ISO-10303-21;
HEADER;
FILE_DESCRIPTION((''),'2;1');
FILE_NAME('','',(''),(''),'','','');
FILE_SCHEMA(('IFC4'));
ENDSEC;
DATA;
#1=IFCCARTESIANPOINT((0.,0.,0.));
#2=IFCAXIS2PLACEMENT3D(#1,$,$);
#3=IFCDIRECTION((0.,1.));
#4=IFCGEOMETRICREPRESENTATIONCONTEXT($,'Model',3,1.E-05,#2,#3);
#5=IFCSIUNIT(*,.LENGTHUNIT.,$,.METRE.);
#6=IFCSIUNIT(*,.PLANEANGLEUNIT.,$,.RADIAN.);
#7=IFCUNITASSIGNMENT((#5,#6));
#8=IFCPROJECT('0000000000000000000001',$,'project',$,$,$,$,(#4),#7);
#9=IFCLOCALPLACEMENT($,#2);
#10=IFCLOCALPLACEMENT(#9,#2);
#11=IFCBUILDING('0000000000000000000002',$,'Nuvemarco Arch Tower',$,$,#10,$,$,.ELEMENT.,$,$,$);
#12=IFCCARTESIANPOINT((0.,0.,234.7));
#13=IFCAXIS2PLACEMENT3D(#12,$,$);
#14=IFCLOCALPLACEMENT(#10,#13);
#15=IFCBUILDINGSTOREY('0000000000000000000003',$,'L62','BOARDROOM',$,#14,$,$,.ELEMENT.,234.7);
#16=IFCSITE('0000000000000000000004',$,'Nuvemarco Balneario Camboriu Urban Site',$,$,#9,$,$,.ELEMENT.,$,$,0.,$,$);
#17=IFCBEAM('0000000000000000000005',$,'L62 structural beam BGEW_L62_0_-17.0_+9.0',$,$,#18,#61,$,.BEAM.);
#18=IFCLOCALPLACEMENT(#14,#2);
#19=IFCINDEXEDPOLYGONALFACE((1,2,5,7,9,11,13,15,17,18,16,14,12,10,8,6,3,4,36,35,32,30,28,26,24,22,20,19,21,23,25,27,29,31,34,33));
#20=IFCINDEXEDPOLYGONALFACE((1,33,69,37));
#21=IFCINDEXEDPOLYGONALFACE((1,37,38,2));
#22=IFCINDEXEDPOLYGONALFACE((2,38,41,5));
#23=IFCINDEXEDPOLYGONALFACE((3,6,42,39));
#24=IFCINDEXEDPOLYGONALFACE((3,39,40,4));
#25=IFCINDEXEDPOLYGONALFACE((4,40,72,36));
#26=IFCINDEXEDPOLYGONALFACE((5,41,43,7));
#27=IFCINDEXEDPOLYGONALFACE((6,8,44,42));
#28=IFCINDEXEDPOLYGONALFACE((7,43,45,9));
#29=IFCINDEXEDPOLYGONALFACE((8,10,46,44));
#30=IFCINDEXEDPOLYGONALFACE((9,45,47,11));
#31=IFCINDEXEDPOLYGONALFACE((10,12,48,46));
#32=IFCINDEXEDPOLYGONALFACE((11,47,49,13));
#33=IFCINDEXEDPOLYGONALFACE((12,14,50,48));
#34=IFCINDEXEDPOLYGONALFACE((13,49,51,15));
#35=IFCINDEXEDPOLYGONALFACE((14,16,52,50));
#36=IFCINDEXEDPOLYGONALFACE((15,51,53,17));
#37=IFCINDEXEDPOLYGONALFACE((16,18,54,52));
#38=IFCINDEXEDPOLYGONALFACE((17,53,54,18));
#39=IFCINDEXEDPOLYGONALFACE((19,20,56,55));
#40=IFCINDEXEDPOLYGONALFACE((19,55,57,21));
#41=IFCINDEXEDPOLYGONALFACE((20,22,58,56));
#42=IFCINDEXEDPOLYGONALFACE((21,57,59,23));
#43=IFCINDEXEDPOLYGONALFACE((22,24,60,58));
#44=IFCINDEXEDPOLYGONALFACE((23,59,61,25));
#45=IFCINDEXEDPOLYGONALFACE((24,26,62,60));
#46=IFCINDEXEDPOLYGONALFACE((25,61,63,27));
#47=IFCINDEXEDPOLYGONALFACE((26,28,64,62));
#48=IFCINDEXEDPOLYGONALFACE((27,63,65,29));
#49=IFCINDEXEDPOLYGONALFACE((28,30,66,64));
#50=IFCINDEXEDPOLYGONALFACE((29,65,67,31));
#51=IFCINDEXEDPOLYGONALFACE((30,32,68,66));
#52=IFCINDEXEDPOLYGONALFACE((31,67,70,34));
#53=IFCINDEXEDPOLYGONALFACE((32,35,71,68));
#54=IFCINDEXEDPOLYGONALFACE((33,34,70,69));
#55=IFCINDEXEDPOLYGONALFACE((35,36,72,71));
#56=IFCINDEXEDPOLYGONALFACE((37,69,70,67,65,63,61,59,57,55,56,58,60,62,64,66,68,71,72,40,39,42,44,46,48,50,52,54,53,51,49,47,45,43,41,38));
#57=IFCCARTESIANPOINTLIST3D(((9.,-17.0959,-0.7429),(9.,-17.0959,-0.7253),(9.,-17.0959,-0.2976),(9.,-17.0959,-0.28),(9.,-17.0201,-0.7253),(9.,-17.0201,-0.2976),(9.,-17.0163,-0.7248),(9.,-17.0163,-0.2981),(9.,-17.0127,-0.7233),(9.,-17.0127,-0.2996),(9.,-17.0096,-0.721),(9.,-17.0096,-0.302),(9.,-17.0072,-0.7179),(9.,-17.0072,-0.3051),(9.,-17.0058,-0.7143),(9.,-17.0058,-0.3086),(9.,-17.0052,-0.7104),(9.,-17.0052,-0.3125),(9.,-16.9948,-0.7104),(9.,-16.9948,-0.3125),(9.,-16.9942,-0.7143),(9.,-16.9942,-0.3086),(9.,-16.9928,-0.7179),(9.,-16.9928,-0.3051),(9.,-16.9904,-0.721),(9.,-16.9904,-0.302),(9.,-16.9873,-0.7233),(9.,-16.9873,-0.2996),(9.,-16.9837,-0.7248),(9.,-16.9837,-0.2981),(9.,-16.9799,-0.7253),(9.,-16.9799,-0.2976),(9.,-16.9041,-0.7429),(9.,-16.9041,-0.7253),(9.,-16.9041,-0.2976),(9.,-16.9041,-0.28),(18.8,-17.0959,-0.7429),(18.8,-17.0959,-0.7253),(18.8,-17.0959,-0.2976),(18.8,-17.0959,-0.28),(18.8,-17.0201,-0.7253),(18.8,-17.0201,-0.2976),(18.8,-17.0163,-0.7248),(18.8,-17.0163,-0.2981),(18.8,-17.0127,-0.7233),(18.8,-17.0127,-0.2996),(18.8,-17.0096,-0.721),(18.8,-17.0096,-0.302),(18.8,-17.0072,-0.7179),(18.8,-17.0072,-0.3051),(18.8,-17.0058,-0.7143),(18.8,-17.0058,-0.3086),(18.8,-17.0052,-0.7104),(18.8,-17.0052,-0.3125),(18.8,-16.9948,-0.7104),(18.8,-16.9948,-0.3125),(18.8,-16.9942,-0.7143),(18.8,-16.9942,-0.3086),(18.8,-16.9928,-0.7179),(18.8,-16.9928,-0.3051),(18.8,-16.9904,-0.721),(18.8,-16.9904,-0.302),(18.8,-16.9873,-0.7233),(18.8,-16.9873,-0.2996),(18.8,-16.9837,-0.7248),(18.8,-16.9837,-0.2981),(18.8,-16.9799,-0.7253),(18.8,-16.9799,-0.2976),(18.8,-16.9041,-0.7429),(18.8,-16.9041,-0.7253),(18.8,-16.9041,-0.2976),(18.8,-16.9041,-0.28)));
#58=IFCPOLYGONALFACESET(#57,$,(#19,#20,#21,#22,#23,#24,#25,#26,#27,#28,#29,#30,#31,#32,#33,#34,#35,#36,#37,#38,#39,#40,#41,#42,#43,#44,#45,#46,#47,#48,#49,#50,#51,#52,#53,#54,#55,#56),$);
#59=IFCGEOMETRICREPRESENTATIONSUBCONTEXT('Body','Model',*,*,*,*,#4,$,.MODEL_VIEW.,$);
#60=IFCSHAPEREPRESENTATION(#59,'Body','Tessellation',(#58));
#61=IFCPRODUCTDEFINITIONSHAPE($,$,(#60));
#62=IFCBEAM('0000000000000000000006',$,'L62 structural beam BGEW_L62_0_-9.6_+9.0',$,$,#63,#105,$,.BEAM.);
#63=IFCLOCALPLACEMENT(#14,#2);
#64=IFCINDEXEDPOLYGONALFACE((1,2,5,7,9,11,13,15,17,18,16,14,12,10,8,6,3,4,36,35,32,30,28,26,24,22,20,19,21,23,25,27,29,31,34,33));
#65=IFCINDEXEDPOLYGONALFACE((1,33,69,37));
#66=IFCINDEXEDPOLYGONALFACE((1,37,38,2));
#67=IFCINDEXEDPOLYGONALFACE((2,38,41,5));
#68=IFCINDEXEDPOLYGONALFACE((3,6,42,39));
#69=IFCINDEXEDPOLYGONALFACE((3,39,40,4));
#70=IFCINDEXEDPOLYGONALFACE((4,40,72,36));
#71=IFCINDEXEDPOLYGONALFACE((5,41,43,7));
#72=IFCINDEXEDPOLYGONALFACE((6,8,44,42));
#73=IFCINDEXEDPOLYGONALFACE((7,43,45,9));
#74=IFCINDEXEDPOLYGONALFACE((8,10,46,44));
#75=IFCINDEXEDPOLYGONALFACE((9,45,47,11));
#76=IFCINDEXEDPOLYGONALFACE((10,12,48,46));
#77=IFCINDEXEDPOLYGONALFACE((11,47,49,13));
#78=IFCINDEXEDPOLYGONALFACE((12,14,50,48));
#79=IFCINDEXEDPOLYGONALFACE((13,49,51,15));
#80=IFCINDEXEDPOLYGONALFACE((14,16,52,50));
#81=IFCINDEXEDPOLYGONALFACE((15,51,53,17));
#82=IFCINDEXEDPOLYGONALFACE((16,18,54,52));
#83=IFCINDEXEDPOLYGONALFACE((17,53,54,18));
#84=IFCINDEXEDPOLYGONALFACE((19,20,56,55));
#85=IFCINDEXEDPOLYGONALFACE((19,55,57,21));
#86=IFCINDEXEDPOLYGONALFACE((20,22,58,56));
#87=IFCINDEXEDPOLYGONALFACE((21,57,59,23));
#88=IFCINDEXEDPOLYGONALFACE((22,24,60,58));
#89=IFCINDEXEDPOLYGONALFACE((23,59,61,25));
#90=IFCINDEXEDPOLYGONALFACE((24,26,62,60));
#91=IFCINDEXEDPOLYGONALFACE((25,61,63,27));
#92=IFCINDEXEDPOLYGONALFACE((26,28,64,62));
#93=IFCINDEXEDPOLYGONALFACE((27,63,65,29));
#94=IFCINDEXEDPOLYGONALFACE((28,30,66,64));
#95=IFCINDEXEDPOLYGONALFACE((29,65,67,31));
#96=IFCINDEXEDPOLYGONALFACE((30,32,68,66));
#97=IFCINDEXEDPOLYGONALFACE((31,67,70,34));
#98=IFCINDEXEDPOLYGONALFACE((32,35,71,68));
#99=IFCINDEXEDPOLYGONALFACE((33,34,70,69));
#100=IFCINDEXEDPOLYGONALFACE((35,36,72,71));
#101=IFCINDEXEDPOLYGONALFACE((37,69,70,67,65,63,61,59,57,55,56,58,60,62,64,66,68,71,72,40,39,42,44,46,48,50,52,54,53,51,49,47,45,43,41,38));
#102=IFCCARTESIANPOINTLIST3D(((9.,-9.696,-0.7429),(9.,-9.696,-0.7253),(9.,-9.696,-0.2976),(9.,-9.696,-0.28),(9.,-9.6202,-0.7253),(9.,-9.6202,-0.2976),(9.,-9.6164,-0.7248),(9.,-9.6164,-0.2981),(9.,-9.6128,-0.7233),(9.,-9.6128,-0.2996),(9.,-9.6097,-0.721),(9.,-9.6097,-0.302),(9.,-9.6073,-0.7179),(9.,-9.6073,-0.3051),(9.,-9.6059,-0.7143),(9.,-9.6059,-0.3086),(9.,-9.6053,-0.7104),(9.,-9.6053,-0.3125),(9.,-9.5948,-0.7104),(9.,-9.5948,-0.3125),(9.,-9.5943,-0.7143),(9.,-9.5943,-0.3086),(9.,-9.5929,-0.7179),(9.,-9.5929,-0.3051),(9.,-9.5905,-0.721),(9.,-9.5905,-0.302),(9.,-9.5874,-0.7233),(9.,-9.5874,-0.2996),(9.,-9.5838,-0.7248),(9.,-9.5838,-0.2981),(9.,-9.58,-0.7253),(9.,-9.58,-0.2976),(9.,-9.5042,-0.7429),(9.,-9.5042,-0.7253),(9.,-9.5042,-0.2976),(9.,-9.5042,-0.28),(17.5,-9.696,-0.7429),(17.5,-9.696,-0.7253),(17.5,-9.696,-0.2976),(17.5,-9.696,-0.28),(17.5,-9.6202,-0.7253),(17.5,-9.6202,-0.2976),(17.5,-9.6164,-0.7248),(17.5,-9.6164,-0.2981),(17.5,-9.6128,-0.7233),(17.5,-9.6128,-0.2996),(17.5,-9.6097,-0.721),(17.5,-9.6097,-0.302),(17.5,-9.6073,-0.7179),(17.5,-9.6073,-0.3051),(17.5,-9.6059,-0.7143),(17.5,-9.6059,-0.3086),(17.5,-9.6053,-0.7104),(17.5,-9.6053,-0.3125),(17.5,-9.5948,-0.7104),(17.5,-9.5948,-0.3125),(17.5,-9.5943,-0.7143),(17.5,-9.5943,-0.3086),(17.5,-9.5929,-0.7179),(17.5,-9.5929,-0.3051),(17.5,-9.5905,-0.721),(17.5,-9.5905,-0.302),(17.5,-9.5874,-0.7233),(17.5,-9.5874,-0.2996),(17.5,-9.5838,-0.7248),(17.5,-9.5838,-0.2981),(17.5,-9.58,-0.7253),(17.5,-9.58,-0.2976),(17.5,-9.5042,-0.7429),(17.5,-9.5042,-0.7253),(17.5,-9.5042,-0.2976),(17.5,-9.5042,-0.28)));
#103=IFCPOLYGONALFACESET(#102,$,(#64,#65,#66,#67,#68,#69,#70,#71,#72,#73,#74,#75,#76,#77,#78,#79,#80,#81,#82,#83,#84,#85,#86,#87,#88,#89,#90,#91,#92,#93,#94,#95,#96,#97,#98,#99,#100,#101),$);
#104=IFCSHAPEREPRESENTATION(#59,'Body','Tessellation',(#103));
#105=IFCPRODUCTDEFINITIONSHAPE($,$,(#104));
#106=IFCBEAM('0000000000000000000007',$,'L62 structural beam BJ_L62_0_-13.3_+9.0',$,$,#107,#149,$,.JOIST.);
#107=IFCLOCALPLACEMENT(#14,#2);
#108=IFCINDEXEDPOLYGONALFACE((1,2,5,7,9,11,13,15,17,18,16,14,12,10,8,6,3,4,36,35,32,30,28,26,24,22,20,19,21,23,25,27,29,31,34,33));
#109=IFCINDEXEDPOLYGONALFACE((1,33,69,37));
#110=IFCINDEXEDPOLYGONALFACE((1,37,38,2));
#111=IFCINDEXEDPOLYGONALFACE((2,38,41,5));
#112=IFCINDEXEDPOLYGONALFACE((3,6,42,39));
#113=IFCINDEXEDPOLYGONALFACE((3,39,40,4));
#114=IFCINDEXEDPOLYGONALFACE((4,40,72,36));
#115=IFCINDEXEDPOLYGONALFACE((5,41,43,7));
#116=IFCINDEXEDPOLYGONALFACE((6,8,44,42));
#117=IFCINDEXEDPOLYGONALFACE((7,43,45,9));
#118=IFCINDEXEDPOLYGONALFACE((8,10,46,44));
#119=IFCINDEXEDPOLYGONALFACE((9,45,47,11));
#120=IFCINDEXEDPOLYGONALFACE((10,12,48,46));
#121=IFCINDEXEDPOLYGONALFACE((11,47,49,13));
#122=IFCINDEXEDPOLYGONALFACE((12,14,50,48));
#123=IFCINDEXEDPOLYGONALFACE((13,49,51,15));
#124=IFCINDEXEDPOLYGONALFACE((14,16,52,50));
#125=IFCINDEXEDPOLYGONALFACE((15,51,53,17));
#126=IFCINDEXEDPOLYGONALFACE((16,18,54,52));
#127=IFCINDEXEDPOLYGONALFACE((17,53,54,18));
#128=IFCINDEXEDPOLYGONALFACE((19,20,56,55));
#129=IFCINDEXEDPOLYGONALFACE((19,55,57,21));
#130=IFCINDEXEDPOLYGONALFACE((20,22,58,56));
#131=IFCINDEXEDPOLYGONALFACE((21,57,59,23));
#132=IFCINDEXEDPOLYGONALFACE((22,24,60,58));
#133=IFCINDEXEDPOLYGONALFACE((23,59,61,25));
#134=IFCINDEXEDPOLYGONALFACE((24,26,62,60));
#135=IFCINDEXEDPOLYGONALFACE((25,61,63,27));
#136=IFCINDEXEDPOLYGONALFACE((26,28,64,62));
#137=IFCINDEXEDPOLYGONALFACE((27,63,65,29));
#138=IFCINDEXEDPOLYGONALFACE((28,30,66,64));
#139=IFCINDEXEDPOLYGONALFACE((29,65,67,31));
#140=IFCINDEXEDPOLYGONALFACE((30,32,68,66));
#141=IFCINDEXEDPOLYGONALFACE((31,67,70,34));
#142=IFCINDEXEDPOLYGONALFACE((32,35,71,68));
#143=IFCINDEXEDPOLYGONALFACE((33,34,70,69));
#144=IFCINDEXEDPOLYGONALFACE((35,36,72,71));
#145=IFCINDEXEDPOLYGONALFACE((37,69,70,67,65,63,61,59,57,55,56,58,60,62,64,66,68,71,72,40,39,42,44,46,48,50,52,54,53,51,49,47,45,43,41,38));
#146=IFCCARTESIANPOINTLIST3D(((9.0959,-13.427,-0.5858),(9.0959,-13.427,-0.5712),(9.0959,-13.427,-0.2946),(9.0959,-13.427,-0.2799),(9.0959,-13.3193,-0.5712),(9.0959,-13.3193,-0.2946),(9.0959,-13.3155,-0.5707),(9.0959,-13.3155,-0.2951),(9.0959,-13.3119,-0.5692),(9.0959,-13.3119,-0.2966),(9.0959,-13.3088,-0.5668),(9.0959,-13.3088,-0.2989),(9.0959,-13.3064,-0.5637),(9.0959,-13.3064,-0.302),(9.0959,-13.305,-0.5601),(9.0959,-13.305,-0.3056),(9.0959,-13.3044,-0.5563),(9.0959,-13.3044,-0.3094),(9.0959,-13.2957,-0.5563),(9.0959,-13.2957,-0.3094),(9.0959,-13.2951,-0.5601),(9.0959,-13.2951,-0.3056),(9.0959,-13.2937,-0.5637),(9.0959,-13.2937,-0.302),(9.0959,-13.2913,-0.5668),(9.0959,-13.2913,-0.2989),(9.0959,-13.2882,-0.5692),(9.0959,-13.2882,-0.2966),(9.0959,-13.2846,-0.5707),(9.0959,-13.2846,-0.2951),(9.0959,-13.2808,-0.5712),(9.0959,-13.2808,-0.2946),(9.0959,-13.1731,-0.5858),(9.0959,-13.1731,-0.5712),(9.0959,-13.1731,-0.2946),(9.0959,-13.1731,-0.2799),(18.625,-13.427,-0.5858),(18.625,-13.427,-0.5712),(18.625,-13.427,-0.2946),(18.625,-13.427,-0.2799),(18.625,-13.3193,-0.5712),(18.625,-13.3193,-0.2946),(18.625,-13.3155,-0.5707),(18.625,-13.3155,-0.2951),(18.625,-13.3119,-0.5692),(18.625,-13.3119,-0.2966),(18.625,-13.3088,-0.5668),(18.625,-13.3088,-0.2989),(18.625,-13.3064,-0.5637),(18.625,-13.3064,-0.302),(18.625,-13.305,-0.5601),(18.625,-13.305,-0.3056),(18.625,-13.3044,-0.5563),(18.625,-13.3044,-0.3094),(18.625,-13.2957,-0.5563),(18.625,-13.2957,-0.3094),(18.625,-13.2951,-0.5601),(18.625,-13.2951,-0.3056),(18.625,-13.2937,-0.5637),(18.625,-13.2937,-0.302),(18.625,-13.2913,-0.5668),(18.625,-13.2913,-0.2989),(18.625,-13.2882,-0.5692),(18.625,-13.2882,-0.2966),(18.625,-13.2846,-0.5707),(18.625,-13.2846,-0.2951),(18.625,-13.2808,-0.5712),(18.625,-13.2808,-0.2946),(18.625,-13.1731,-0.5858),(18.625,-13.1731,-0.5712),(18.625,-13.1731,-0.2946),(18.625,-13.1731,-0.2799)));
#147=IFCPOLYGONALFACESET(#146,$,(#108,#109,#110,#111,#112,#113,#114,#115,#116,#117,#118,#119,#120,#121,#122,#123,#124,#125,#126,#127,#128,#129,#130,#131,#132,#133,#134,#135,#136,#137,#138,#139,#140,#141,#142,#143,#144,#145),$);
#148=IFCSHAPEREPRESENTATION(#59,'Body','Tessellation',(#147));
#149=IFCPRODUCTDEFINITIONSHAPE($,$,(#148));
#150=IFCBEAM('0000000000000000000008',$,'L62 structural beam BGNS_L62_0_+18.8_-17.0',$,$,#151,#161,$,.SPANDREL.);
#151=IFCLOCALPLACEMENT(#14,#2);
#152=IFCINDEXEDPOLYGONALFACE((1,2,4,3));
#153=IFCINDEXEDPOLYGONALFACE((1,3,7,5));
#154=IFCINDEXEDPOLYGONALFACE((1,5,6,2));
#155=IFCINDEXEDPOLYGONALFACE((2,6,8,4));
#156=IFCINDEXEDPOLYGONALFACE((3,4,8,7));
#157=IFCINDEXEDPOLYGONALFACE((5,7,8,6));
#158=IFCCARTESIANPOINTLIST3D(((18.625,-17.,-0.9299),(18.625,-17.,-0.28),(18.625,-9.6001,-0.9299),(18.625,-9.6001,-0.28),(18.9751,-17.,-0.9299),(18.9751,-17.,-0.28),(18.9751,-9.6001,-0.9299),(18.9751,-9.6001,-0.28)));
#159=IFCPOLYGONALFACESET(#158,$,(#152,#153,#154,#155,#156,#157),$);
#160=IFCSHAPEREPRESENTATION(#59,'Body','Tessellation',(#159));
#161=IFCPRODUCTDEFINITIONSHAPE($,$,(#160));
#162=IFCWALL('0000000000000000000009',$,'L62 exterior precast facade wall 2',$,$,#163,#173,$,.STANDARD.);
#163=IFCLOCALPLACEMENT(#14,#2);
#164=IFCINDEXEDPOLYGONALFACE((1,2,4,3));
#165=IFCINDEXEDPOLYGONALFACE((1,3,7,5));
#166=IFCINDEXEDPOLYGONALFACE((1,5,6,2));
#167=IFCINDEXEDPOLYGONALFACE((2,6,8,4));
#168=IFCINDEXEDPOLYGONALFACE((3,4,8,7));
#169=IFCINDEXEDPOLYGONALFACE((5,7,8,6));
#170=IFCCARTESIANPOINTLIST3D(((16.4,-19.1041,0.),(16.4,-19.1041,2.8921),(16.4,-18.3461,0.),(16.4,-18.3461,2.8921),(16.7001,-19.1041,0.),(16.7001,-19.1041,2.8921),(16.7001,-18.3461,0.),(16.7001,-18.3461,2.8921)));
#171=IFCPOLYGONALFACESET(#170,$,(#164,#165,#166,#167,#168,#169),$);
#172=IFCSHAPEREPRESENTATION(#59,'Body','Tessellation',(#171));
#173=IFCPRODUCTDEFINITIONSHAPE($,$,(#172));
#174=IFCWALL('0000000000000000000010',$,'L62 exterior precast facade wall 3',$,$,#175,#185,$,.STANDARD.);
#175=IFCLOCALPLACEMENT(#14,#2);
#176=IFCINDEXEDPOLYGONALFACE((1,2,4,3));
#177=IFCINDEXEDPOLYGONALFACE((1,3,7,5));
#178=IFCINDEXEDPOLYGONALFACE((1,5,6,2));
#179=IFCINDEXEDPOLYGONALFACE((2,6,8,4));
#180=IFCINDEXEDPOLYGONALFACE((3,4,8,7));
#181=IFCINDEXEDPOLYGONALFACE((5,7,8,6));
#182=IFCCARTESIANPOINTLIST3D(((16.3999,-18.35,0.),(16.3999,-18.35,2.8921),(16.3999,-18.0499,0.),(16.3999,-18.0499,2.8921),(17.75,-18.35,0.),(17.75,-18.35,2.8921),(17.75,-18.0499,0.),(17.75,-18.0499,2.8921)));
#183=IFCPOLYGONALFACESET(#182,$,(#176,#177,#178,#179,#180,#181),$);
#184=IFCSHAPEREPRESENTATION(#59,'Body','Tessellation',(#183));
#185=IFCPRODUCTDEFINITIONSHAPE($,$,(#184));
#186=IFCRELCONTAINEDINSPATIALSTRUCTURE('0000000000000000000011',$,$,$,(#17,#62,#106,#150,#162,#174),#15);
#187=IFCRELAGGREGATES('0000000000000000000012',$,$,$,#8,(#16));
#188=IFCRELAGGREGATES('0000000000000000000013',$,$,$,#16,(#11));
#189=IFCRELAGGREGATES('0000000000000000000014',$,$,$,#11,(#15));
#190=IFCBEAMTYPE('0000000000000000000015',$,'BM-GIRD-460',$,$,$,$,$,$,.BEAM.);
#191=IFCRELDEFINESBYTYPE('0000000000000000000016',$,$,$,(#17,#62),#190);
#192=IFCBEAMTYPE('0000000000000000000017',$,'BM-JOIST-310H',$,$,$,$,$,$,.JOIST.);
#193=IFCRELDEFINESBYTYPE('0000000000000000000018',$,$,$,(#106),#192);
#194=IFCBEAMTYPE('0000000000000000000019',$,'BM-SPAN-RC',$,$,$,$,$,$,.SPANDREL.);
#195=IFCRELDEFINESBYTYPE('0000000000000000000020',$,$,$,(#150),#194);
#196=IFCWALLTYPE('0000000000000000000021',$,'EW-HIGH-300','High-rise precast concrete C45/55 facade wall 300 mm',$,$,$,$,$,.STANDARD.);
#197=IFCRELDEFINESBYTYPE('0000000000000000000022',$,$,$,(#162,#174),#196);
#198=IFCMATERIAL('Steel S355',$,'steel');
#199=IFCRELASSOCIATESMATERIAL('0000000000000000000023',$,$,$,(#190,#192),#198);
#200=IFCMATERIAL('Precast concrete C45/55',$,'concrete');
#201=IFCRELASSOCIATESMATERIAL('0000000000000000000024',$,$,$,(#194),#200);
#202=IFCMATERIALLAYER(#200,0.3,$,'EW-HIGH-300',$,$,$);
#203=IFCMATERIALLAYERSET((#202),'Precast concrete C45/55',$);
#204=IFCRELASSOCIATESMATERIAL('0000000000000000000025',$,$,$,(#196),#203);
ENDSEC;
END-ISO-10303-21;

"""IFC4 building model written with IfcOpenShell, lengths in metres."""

from ifc_helpers import new_model, si_unit, direction, frame, frame_2d, origin, origin_2d, place, context, subcontext, project, spatial, rectangle, i_section, extrude, material, layer, layer_set, material_profile, profile_set, type_object, element, save


model = new_model("IFC4")

# Units and contexts
model_context = context("Model", 3, precision=1e-05, world=origin(), true_north=direction((0.0, 1.0)))
body_context = subcontext(model_context, "Body", "Model", "MODEL_VIEW")
ifc_project = project(units=[si_unit("LENGTHUNIT", "METRE"), si_unit("PLANEANGLEUNIT", "RADIAN")], contexts=[model_context])

# Site, building, storey
site_placement = place(None, origin())
site = spatial("IfcSite", under=ifc_project, at=site_placement, Name="Nuvemarco Balneario Camboriu Urban Site", CompositionType="ELEMENT", RefElevation=0.0)
building_placement = place(site_placement, origin())
building = spatial("IfcBuilding", under=site, at=building_placement, Name="Nuvemarco Arch Tower", CompositionType="ELEMENT")
storey_placement = place(building_placement, frame((0.0, 0.0, 234.7)))
storey = spatial("IfcBuildingStorey", under=building, at=storey_placement, Name="L62", Description="BOARDROOM", CompositionType="ELEMENT", Elevation=234.7)

# Shared definitions
ifc_material_1 = material(Name="Steel S355", Category="steel")

# Beams
ifc_material_profile_1 = material_profile(ifc_material_1, i_section(OverallWidth=0.1919, OverallDepth=0.4629, WebThickness=0.0105, FlangeThickness=0.0176, FilletRadius=0.0149, at=origin_2d()), Name="W460x89")
ifc_profile_set_1 = profile_set([ifc_material_profile_1], Name="Steel S355")
beam_type_1 = type_object("IfcBeamType", Name="BM-GIRD-460", PredefinedType="BEAM", material=ifc_profile_set_1)
beam_1_placement = place(storey_placement, frame((9.0, -17.0, -0.5115), z_axis=(1.0, 0.0, 0.0), x_axis=(0.0, 1.0, 0.0)))
element("IfcBeam", 1, at=beam_1_placement, inside=storey, type_object=beam_type_1, Name="L62 structural beam BGEW_L62_0_-17.0_+9.0", PredefinedType="BEAM", context=body_context, shape_type="SweptSolid", body=[
    extrude(i_section(OverallWidth=0.1919, OverallDepth=0.4629, WebThickness=0.0105, FlangeThickness=0.0176, FilletRadius=0.0149, at=origin_2d()), origin(), (0.0, 0.0, 1.0), 9.8),
])
beam_2_placement = place(storey_placement, frame((9.0, -9.6001, -0.5115), z_axis=(1.0, 0.0, 0.0), x_axis=(0.0, 1.0, 0.0)))
element("IfcBeam", 2, at=beam_2_placement, inside=storey, type_object=beam_type_1, Name="L62 structural beam BGEW_L62_0_-9.6_+9.0", PredefinedType="BEAM", context=body_context, shape_type="SweptSolid", body=[
    extrude(i_section(OverallWidth=0.1919, OverallDepth=0.4629, WebThickness=0.0105, FlangeThickness=0.0176, FilletRadius=0.0149, at=origin_2d()), origin(), (0.0, 0.0, 1.0), 8.5),
])
ifc_material_profile_2 = material_profile(ifc_material_1, i_section(OverallWidth=0.2539, OverallDepth=0.3059, WebThickness=0.0088, FlangeThickness=0.0146, FilletRadius=0.0149, at=origin_2d()), Name="W310x79")
ifc_profile_set_2 = profile_set([ifc_material_profile_2], Name="Steel S355")
beam_type_2 = type_object("IfcBeamType", Name="BM-JOIST-310H", PredefinedType="JOIST", material=ifc_profile_set_2)
beam_3_placement = place(storey_placement, frame((9.0959, -13.3, -0.4329), z_axis=(1.0, 0.0, 0.0), x_axis=(0.0, 1.0, 0.0)))
element("IfcBeam", 3, at=beam_3_placement, inside=storey, type_object=beam_type_2, Name="L62 structural beam BJ_L62_0_-13.3_+9.0", PredefinedType="JOIST", context=body_context, shape_type="SweptSolid", body=[
    extrude(i_section(OverallWidth=0.2539, OverallDepth=0.3059, WebThickness=0.0088, FlangeThickness=0.0146, FilletRadius=0.0149, at=origin_2d()), origin(), (0.0, 0.0, 1.0), 9.5291),
])
ifc_material_2 = material(Name="Precast concrete C45/55", Category="concrete")
ifc_material_profile_3 = material_profile(ifc_material_2, rectangle(XDim=0.3501, YDim=0.6499, at=origin_2d()), Name="PC-SP-350x650")
ifc_profile_set_3 = profile_set([ifc_material_profile_3], Name="Precast concrete C45/55")
beam_type_3 = type_object("IfcBeamType", Name="BM-SPAN-RC", PredefinedType="SPANDREL", material=ifc_profile_set_3)
beam_4_placement = place(storey_placement, frame((18.8, -17.0, -0.605), z_axis=(0.0, 1.0, 0.0), x_axis=(-1.0, 0.0, 0.0)))
element("IfcBeam", 4, at=beam_4_placement, inside=storey, type_object=beam_type_3, Name="L62 structural beam BGNS_L62_0_+18.8_-17.0", PredefinedType="SPANDREL", context=body_context, shape_type="SweptSolid", body=[
    extrude(rectangle(XDim=0.3501, YDim=0.6499, at=origin_2d()), origin(), (0.0, 0.0, 1.0), 7.3999),
])

# Walls
ifc_layer_1 = layer(ifc_material_2, 0.3, Name="EW-HIGH-300")
ifc_layer_set_1 = layer_set([ifc_layer_1], Name="Precast concrete C45/55")
wall_type_1 = type_object("IfcWallType", Name="EW-HIGH-300", Description="High-rise precast concrete C45/55 facade wall 300 mm", PredefinedType="STANDARD", material=ifc_layer_set_1)
wall_1_placement = place(storey_placement, frame((16.55, -19.104, 0.0), z_axis=(0.0, 0.0, 1.0), x_axis=(0.0, 1.0, 0.0)))
element("IfcWall", 5, at=wall_1_placement, inside=storey, type_object=wall_type_1, Name="L62 exterior precast facade wall 2", PredefinedType="STANDARD", context=body_context, shape_type="SweptSolid", body=[
    extrude(rectangle(XDim=0.7581, YDim=0.3, at=frame_2d((0.3789, 0.0))), origin(), (0.0, 0.0, 1.0), 2.8921),
])
wall_2_placement = place(storey_placement, frame((16.3999, -18.2, 0.0), z_axis=(0.0, 0.0, 1.0), x_axis=(1.0, 0.0, 0.0)))
element("IfcWall", 6, at=wall_2_placement, inside=storey, type_object=wall_type_1, Name="L62 exterior precast facade wall 3", PredefinedType="STANDARD", context=body_context, shape_type="SweptSolid", body=[
    extrude(rectangle(XDim=1.3501, YDim=0.3, at=frame_2d((0.675, 0.0))), origin(), (0.0, 0.0, 1.0), 2.8921),
])

save(model, "model.ifc")
